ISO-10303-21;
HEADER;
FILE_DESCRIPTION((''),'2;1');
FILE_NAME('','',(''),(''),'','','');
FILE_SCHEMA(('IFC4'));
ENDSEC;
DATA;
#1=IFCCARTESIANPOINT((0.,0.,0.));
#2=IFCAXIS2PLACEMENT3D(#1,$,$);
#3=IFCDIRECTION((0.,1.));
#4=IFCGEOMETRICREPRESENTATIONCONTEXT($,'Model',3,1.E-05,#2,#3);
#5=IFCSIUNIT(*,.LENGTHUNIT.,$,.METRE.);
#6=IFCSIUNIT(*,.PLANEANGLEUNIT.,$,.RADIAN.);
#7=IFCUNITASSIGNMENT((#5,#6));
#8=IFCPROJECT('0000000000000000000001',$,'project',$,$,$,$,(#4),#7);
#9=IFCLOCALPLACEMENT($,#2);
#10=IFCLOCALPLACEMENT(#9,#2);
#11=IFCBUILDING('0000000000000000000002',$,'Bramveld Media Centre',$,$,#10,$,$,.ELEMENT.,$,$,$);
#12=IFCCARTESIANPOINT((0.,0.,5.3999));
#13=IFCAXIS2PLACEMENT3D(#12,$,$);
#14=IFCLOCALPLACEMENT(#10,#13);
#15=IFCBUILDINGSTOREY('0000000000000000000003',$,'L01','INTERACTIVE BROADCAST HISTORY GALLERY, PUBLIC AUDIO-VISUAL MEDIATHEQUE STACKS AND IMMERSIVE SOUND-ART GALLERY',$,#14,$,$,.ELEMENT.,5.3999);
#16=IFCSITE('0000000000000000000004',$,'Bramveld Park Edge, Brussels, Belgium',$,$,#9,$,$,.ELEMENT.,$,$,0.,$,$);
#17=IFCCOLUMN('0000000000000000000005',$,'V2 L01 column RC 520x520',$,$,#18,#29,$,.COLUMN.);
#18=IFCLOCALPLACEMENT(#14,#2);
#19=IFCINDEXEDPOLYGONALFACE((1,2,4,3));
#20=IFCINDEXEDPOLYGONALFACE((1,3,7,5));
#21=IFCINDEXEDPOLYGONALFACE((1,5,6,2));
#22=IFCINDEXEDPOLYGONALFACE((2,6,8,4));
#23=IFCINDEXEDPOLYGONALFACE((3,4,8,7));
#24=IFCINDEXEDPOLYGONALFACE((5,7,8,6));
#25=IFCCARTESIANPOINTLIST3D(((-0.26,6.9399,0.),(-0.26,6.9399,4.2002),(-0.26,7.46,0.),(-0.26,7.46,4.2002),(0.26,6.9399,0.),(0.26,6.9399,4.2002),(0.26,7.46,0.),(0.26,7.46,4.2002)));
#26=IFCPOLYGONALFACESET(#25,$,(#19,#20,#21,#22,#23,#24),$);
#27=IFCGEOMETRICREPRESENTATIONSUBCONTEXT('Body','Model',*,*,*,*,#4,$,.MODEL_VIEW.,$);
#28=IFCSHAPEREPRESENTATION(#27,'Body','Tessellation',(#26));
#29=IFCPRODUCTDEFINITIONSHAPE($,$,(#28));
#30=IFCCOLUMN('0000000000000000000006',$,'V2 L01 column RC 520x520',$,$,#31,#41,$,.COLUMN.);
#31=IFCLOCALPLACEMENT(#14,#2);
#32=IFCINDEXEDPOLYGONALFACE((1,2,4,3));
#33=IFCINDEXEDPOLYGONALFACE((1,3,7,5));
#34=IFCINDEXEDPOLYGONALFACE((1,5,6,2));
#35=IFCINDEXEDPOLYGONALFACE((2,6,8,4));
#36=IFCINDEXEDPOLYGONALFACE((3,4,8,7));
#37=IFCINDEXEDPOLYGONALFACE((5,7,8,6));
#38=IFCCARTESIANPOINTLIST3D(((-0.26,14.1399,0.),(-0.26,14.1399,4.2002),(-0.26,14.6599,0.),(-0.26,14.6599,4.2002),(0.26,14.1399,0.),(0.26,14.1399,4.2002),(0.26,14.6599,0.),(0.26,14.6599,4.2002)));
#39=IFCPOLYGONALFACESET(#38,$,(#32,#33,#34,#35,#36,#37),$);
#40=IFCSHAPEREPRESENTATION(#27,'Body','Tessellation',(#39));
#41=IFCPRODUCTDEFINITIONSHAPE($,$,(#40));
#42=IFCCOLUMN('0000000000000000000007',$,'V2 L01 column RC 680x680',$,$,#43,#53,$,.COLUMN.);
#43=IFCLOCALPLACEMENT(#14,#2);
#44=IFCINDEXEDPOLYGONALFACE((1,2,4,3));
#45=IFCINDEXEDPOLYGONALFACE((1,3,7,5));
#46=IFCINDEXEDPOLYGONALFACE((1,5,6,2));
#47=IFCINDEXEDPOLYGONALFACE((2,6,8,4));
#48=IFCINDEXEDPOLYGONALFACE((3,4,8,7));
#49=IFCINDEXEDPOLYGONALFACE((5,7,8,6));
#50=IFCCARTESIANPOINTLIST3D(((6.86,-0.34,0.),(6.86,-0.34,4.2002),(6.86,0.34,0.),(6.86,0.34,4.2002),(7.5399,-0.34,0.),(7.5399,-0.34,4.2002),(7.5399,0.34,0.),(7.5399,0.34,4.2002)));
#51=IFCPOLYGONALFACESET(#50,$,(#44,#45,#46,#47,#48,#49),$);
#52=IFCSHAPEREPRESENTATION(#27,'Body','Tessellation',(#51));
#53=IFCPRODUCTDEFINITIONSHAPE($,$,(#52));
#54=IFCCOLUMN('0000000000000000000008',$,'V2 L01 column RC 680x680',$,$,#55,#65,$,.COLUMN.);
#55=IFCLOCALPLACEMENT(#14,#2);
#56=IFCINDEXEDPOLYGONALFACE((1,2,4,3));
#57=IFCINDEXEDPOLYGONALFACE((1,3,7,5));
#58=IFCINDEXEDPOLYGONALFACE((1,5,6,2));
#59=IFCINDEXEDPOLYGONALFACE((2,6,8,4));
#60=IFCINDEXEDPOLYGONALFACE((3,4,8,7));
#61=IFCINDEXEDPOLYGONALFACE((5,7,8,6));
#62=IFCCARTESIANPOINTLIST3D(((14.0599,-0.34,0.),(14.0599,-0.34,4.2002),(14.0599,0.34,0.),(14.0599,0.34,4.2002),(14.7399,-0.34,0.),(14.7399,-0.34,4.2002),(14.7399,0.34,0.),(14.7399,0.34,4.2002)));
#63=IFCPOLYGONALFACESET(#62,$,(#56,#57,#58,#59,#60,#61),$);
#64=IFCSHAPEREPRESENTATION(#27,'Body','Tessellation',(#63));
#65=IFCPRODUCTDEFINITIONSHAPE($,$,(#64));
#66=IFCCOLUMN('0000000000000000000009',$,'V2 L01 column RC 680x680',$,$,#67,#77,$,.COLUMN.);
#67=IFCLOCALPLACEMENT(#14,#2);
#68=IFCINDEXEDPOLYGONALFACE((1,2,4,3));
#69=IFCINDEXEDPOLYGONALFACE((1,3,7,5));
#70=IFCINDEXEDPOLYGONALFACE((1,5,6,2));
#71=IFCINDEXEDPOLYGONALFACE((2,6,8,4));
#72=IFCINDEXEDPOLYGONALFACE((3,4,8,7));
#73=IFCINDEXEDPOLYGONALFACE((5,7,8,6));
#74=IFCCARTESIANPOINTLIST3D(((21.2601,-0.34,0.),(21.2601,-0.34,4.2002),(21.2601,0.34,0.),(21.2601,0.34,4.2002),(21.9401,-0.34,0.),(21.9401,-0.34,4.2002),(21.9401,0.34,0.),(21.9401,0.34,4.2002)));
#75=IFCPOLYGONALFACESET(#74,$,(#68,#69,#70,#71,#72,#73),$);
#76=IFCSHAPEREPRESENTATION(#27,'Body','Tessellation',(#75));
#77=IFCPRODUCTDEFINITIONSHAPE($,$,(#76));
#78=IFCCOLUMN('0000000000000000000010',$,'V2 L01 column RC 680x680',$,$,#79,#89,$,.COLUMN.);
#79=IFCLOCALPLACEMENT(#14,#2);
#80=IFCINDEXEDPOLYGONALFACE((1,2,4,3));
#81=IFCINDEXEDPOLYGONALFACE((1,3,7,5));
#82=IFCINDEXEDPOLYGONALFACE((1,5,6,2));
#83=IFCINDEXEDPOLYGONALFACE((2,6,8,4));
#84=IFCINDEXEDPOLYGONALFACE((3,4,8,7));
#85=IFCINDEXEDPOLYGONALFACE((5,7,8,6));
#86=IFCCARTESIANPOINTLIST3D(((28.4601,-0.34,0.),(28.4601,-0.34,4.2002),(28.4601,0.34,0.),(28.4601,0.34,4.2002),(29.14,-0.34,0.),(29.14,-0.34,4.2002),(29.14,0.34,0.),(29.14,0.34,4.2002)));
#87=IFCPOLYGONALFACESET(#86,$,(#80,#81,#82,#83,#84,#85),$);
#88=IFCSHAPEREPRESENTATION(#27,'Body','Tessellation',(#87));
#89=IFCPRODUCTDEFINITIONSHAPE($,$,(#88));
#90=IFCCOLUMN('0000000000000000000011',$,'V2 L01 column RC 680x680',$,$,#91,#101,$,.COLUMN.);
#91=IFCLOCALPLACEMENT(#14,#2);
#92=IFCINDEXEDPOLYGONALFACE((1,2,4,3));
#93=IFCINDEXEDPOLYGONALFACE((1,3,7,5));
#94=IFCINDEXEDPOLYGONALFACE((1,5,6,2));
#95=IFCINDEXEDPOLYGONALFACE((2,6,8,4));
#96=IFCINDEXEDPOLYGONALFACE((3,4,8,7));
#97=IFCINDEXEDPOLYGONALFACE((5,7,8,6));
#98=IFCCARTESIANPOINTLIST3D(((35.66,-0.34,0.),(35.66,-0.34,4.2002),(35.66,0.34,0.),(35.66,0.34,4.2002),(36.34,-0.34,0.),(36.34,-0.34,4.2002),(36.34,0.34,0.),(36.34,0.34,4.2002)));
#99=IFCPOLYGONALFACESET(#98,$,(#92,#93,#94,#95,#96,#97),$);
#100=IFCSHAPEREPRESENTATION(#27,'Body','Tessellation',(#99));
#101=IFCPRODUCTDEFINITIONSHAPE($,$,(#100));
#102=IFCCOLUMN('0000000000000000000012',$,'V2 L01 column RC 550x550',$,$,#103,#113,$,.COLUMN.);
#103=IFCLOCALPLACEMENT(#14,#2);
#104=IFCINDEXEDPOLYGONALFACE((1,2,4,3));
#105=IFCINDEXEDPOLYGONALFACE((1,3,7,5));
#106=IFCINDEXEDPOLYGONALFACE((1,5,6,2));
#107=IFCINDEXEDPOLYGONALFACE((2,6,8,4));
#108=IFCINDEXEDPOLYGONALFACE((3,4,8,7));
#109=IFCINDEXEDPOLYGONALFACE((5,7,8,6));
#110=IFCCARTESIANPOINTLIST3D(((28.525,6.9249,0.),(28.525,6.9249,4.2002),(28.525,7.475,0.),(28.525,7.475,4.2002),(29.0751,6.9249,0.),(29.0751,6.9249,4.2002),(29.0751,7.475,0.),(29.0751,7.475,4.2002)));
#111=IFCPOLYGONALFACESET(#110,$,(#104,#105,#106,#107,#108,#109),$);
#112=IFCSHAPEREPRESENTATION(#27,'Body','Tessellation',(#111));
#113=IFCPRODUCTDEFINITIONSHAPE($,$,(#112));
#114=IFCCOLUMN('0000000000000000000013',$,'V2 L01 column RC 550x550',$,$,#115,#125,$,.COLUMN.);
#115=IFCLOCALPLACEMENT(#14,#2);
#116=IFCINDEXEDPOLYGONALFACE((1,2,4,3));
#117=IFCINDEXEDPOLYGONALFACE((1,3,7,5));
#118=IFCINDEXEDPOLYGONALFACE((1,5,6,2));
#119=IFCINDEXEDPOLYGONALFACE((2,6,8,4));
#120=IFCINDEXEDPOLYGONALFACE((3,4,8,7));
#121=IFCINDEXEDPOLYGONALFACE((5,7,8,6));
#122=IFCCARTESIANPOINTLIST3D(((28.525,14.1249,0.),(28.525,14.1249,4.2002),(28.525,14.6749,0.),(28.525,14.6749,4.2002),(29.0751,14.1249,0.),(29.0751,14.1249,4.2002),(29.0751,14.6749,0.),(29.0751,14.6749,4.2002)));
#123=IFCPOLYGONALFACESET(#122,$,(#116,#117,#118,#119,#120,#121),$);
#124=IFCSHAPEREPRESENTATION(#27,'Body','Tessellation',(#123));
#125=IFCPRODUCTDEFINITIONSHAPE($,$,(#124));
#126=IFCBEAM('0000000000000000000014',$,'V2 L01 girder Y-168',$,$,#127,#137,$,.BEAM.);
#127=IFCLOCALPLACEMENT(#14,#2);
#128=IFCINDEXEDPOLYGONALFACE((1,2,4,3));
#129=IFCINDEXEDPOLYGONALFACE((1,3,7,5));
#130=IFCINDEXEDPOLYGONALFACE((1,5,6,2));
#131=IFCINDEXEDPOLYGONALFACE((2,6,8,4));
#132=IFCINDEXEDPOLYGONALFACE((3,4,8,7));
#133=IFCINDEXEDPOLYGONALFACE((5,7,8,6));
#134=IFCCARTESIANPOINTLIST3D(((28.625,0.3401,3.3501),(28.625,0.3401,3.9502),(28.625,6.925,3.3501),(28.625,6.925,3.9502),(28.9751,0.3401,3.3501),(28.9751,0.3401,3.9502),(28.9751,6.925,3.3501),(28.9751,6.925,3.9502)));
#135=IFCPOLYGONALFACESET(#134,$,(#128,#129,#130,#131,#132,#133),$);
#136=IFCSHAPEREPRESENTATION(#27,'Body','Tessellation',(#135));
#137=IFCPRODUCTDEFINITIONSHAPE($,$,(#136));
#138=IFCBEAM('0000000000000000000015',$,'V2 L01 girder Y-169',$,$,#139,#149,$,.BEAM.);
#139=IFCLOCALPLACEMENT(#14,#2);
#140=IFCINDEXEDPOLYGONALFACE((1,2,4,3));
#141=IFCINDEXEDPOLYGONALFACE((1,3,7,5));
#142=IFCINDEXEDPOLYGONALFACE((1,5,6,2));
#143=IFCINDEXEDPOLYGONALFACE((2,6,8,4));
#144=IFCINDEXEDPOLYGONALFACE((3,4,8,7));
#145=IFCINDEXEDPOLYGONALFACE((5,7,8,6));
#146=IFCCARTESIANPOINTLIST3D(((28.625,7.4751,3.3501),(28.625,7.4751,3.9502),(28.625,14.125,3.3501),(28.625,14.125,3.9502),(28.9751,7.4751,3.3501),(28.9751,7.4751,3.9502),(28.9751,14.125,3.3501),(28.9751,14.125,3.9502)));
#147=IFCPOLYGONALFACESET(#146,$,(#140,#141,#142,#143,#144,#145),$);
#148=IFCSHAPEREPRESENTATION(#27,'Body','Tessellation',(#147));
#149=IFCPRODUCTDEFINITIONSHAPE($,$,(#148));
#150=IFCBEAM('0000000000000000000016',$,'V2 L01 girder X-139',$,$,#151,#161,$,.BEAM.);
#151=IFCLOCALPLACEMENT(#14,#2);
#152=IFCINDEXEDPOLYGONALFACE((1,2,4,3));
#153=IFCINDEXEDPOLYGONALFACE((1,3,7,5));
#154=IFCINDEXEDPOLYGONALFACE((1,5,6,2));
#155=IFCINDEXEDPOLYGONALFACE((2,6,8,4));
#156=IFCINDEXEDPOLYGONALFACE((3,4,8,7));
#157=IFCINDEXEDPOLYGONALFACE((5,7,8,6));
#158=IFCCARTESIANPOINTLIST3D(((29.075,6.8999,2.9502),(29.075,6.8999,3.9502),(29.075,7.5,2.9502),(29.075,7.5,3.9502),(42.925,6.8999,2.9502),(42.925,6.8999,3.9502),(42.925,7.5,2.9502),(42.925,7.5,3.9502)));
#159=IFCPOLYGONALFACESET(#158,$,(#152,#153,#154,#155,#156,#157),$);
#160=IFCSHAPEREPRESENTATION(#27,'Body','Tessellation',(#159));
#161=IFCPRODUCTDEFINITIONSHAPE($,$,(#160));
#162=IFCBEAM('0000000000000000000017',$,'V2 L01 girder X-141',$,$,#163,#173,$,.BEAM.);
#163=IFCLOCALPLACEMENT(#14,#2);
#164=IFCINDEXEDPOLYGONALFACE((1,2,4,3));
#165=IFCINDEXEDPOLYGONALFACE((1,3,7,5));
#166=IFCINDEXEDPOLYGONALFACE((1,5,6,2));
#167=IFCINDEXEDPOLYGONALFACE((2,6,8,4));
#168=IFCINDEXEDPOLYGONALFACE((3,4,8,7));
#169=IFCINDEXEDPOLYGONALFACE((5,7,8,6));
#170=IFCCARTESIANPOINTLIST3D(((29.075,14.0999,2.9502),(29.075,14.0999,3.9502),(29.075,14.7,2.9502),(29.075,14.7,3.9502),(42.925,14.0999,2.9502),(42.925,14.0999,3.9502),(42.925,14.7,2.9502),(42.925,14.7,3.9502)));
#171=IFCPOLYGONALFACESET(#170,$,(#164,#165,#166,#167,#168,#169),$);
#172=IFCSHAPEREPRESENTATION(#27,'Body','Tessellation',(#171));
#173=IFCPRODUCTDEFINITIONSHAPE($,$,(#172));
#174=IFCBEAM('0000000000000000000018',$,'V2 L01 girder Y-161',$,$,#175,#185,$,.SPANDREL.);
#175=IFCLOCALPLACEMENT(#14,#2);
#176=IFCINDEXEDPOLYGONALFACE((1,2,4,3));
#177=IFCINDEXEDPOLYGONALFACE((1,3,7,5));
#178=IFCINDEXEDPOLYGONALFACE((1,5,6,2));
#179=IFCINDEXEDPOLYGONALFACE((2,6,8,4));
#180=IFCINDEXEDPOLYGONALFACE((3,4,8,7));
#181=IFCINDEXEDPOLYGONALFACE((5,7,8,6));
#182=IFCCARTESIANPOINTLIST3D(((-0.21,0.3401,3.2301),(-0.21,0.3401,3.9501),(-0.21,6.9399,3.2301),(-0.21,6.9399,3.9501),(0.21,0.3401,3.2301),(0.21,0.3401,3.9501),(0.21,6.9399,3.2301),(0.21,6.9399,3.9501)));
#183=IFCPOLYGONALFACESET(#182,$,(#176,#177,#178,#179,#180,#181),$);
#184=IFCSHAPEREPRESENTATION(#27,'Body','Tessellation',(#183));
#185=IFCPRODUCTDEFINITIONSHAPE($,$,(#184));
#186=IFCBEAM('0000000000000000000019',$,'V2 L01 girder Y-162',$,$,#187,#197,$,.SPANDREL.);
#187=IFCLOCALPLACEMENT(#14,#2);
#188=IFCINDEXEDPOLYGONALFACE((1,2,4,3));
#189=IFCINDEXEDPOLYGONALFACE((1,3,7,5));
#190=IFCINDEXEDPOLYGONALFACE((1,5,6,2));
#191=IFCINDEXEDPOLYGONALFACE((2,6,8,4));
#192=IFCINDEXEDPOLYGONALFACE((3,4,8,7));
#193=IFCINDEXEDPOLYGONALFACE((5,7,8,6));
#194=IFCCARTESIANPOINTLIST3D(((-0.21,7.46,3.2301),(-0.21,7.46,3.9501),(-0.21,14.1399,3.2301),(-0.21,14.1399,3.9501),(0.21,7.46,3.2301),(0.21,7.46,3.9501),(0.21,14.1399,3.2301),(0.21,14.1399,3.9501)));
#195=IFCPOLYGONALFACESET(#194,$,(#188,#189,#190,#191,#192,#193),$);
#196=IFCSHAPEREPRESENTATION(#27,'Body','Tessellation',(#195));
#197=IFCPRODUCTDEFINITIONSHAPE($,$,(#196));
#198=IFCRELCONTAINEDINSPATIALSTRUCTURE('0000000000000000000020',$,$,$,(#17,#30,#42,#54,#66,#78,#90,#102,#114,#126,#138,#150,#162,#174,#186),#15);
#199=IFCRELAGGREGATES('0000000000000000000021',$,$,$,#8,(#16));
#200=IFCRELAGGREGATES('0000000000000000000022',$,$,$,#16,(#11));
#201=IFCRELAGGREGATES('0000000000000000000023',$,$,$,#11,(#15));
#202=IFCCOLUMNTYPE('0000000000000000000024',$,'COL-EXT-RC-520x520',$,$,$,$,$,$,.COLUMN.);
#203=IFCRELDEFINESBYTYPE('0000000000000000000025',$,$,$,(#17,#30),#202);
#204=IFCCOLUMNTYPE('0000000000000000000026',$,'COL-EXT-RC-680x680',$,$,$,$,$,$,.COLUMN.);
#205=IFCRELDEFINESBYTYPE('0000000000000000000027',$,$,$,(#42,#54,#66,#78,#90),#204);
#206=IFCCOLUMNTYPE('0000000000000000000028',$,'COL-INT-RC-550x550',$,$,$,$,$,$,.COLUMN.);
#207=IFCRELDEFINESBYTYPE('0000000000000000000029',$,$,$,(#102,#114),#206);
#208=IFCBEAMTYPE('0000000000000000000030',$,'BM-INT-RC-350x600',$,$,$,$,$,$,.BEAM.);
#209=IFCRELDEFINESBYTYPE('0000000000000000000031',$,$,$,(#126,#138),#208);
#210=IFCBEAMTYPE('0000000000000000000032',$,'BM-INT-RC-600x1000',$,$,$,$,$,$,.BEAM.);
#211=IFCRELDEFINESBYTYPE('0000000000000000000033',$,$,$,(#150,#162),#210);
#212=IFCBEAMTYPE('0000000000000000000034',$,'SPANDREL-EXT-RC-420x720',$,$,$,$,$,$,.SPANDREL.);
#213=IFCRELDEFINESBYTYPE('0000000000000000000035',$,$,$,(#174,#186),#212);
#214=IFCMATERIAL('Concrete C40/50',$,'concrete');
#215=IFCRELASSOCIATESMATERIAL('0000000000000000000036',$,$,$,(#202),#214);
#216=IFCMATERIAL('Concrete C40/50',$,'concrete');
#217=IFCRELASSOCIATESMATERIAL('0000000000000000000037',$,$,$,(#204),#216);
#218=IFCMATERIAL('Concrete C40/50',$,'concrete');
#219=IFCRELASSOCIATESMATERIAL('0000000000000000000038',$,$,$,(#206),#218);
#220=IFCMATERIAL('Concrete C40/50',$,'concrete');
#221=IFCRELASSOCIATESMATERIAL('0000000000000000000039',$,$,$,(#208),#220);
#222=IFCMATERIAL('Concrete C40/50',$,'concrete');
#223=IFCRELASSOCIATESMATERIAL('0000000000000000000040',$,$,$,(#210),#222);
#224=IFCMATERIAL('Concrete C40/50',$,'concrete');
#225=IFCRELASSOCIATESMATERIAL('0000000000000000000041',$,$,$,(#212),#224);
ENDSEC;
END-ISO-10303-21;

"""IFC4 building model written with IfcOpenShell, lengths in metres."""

from ifc_helpers import new_model, si_unit, direction, frame, origin, origin_2d, place, context, subcontext, project, spatial, rectangle, extrude, material, material_profile, profile_set, type_object, element, save


model = new_model("IFC4")

# Units and contexts
model_context = context("Model", 3, precision=1e-05, world=origin(), true_north=direction((0.0, 1.0)))
body_context = subcontext(model_context, "Body", "Model", "MODEL_VIEW")
ifc_project = project(units=[si_unit("LENGTHUNIT", "METRE"), si_unit("PLANEANGLEUNIT", "RADIAN")], contexts=[model_context])

# Site, building, storey
site_placement = place(None, origin())
site = spatial("IfcSite", under=ifc_project, at=site_placement, Name="Bramveld Park Edge, Brussels, Belgium", CompositionType="ELEMENT", RefElevation=0.0)
building_placement = place(site_placement, origin())
building = spatial("IfcBuilding", under=site, at=building_placement, Name="Bramveld Media Centre", CompositionType="ELEMENT")
storey_placement = place(building_placement, frame((0.0, 0.0, 5.3999)))
storey = spatial("IfcBuildingStorey", under=building, at=storey_placement, Name="L01", Description="INTERACTIVE BROADCAST HISTORY GALLERY, PUBLIC AUDIO-VISUAL MEDIATHEQUE STACKS AND IMMERSIVE SOUND-ART GALLERY", CompositionType="ELEMENT", Elevation=5.3999)

# Columns
ifc_material_1 = material(Name="Concrete C40/50", Category="concrete")
ifc_material_profile_1 = material_profile(ifc_material_1, rectangle(XDim=0.52, YDim=0.52, at=origin_2d()), Name="RC 520x520")
ifc_profile_set_1 = profile_set([ifc_material_profile_1], Name="Concrete C40/50")
column_type_1 = type_object("IfcColumnType", Name="COL-EXT-RC-520x520", PredefinedType="COLUMN", material=ifc_profile_set_1)
for number, where, z_axis, x_axis, name in (
    (1, (0.0, 7.2, 0.0), (0.0, 0.0, 1.0), (1.0, 0.0, 0.0), "V2 L01 column RC 520x520"),
    (2, (0.0, 14.3999, 0.0), (0.0, 0.0, 1.0), (1.0, 0.0, 0.0), "V2 L01 column RC 520x520"),
):
    element("IfcColumn", number, at=place(storey_placement, frame(where, z_axis=z_axis, x_axis=x_axis)), inside=storey, type_object=column_type_1, Name=name, PredefinedType="COLUMN", context=body_context, shape_type="SweptSolid", body=[
        extrude(rectangle(XDim=0.52, YDim=0.52, at=origin_2d()), origin(), (0.0, 0.0, 1.0), 4.2002),
    ])
ifc_material_2 = material(Name="Concrete C40/50", Category="concrete")
ifc_material_profile_2 = material_profile(ifc_material_2, rectangle(XDim=0.6799, YDim=0.6799, at=origin_2d()), Name="RC 680x680")
ifc_profile_set_2 = profile_set([ifc_material_profile_2], Name="Concrete C40/50")
column_type_2 = type_object("IfcColumnType", Name="COL-EXT-RC-680x680", PredefinedType="COLUMN", material=ifc_profile_set_2)
for number, where, z_axis, x_axis, name in (
    (3, (7.2, 0.0, 0.0), (0.0, 0.0, 1.0), (1.0, 0.0, 0.0), "V2 L01 column RC 680x680"),
    (4, (14.3999, 0.0, 0.0), (0.0, 0.0, 1.0), (1.0, 0.0, 0.0), "V2 L01 column RC 680x680"),
    (5, (21.6001, 0.0, 0.0), (0.0, 0.0, 1.0), (1.0, 0.0, 0.0), "V2 L01 column RC 680x680"),
    (6, (28.8, 0.0, 0.0), (0.0, 0.0, 1.0), (1.0, 0.0, 0.0), "V2 L01 column RC 680x680"),
    (7, (36.0, 0.0, 0.0), (0.0, 0.0, 1.0), (1.0, 0.0, 0.0), "V2 L01 column RC 680x680"),
):
    element("IfcColumn", number, at=place(storey_placement, frame(where, z_axis=z_axis, x_axis=x_axis)), inside=storey, type_object=column_type_2, Name=name, PredefinedType="COLUMN", context=body_context, shape_type="SweptSolid", body=[
        extrude(rectangle(XDim=0.6799, YDim=0.6799, at=origin_2d()), origin(), (0.0, 0.0, 1.0), 4.2002),
    ])
ifc_material_3 = material(Name="Concrete C40/50", Category="concrete")
ifc_material_profile_3 = material_profile(ifc_material_3, rectangle(XDim=0.55, YDim=0.55, at=origin_2d()), Name="RC 550x550")
ifc_profile_set_3 = profile_set([ifc_material_profile_3], Name="Concrete C40/50")
column_type_3 = type_object("IfcColumnType", Name="COL-INT-RC-550x550", PredefinedType="COLUMN", material=ifc_profile_set_3)
for number, where, z_axis, x_axis, name in (
    (8, (28.8, 7.2, 0.0), (0.0, 0.0, 1.0), (1.0, 0.0, 0.0), "V2 L01 column RC 550x550"),
    (9, (28.8, 14.3999, 0.0), (0.0, 0.0, 1.0), (1.0, 0.0, 0.0), "V2 L01 column RC 550x550"),
):
    element("IfcColumn", number, at=place(storey_placement, frame(where, z_axis=z_axis, x_axis=x_axis)), inside=storey, type_object=column_type_3, Name=name, PredefinedType="COLUMN", context=body_context, shape_type="SweptSolid", body=[
        extrude(rectangle(XDim=0.55, YDim=0.55, at=origin_2d()), origin(), (0.0, 0.0, 1.0), 4.2002),
    ])

# Beams
ifc_material_4 = material(Name="Concrete C40/50", Category="concrete")
ifc_material_profile_4 = material_profile(ifc_material_4, rectangle(XDim=0.3501, YDim=0.6001, at=origin_2d()), Name="RC 350x600")
ifc_profile_set_4 = profile_set([ifc_material_profile_4], Name="Concrete C40/50")
beam_type_1 = type_object("IfcBeamType", Name="BM-INT-RC-350x600", PredefinedType="BEAM", material=ifc_profile_set_4)
beam_1_placement = place(storey_placement, frame((28.8, 0.3401, 3.6501), z_axis=(0.0, 1.0, 0.0), x_axis=(-1.0, 0.0, 0.0)))
element("IfcBeam", 10, at=beam_1_placement, inside=storey, type_object=beam_type_1, Name="V2 L01 girder Y-168", PredefinedType="BEAM", context=body_context, shape_type="SweptSolid", body=[
    extrude(rectangle(XDim=0.3501, YDim=0.6001, at=origin_2d()), origin(), (0.0, 0.0, 1.0), 6.585),
])
beam_2_placement = place(storey_placement, frame((28.8, 7.4751, 3.6501), z_axis=(0.0, 1.0, 0.0), x_axis=(-1.0, 0.0, 0.0)))
element("IfcBeam", 11, at=beam_2_placement, inside=storey, type_object=beam_type_1, Name="V2 L01 girder Y-169", PredefinedType="BEAM", context=body_context, shape_type="SweptSolid", body=[
    extrude(rectangle(XDim=0.3501, YDim=0.6001, at=origin_2d()), origin(), (0.0, 0.0, 1.0), 6.6499),
])
ifc_material_5 = material(Name="Concrete C40/50", Category="concrete")
ifc_material_profile_5 = material_profile(ifc_material_5, rectangle(XDim=0.6001, YDim=1.0, at=origin_2d()), Name="RC 600x1000")
ifc_profile_set_5 = profile_set([ifc_material_profile_5], Name="Concrete C40/50")
beam_type_2 = type_object("IfcBeamType", Name="BM-INT-RC-600x1000", PredefinedType="BEAM", material=ifc_profile_set_5)
for number, where, z_axis, x_axis, name in (
    (12, (29.075, 7.2, 3.4502), (1.0, 0.0, 0.0), (0.0, 1.0, 0.0), "V2 L01 girder X-139"),
    (13, (29.075, 14.3999, 3.4502), (1.0, 0.0, 0.0), (0.0, 1.0, 0.0), "V2 L01 girder X-141"),
):
    element("IfcBeam", number, at=place(storey_placement, frame(where, z_axis=z_axis, x_axis=x_axis)), inside=storey, type_object=beam_type_2, Name=name, PredefinedType="BEAM", context=body_context, shape_type="SweptSolid", body=[
        extrude(rectangle(XDim=0.6001, YDim=1.0, at=origin_2d()), origin(), (0.0, 0.0, 1.0), 13.8501),
    ])
ifc_material_6 = material(Name="Concrete C40/50", Category="concrete")
ifc_material_profile_6 = material_profile(ifc_material_6, rectangle(XDim=0.4199, YDim=0.72, at=origin_2d()), Name="RC 420x720")
ifc_profile_set_6 = profile_set([ifc_material_profile_6], Name="Concrete C40/50")
beam_type_3 = type_object("IfcBeamType", Name="SPANDREL-EXT-RC-420x720", PredefinedType="SPANDREL", material=ifc_profile_set_6)
beam_3_placement = place(storey_placement, frame((0.0, 0.3401, 3.5901), z_axis=(0.0, 1.0, 0.0), x_axis=(-1.0, 0.0, 0.0)))
element("IfcBeam", 14, at=beam_3_placement, inside=storey, type_object=beam_type_3, Name="V2 L01 girder Y-161", PredefinedType="SPANDREL", context=body_context, shape_type="SweptSolid", body=[
    extrude(rectangle(XDim=0.4199, YDim=0.72, at=origin_2d()), origin(), (0.0, 0.0, 1.0), 6.5999),
])
beam_4_placement = place(storey_placement, frame((0.0, 7.46, 3.5901), z_axis=(0.0, 1.0, 0.0), x_axis=(-1.0, 0.0, 0.0)))
element("IfcBeam", 15, at=beam_4_placement, inside=storey, type_object=beam_type_3, Name="V2 L01 girder Y-162", PredefinedType="SPANDREL", context=body_context, shape_type="SweptSolid", body=[
    extrude(rectangle(XDim=0.4199, YDim=0.72, at=origin_2d()), origin(), (0.0, 0.0, 1.0), 6.6799),
])

save(model, "model.ifc")
